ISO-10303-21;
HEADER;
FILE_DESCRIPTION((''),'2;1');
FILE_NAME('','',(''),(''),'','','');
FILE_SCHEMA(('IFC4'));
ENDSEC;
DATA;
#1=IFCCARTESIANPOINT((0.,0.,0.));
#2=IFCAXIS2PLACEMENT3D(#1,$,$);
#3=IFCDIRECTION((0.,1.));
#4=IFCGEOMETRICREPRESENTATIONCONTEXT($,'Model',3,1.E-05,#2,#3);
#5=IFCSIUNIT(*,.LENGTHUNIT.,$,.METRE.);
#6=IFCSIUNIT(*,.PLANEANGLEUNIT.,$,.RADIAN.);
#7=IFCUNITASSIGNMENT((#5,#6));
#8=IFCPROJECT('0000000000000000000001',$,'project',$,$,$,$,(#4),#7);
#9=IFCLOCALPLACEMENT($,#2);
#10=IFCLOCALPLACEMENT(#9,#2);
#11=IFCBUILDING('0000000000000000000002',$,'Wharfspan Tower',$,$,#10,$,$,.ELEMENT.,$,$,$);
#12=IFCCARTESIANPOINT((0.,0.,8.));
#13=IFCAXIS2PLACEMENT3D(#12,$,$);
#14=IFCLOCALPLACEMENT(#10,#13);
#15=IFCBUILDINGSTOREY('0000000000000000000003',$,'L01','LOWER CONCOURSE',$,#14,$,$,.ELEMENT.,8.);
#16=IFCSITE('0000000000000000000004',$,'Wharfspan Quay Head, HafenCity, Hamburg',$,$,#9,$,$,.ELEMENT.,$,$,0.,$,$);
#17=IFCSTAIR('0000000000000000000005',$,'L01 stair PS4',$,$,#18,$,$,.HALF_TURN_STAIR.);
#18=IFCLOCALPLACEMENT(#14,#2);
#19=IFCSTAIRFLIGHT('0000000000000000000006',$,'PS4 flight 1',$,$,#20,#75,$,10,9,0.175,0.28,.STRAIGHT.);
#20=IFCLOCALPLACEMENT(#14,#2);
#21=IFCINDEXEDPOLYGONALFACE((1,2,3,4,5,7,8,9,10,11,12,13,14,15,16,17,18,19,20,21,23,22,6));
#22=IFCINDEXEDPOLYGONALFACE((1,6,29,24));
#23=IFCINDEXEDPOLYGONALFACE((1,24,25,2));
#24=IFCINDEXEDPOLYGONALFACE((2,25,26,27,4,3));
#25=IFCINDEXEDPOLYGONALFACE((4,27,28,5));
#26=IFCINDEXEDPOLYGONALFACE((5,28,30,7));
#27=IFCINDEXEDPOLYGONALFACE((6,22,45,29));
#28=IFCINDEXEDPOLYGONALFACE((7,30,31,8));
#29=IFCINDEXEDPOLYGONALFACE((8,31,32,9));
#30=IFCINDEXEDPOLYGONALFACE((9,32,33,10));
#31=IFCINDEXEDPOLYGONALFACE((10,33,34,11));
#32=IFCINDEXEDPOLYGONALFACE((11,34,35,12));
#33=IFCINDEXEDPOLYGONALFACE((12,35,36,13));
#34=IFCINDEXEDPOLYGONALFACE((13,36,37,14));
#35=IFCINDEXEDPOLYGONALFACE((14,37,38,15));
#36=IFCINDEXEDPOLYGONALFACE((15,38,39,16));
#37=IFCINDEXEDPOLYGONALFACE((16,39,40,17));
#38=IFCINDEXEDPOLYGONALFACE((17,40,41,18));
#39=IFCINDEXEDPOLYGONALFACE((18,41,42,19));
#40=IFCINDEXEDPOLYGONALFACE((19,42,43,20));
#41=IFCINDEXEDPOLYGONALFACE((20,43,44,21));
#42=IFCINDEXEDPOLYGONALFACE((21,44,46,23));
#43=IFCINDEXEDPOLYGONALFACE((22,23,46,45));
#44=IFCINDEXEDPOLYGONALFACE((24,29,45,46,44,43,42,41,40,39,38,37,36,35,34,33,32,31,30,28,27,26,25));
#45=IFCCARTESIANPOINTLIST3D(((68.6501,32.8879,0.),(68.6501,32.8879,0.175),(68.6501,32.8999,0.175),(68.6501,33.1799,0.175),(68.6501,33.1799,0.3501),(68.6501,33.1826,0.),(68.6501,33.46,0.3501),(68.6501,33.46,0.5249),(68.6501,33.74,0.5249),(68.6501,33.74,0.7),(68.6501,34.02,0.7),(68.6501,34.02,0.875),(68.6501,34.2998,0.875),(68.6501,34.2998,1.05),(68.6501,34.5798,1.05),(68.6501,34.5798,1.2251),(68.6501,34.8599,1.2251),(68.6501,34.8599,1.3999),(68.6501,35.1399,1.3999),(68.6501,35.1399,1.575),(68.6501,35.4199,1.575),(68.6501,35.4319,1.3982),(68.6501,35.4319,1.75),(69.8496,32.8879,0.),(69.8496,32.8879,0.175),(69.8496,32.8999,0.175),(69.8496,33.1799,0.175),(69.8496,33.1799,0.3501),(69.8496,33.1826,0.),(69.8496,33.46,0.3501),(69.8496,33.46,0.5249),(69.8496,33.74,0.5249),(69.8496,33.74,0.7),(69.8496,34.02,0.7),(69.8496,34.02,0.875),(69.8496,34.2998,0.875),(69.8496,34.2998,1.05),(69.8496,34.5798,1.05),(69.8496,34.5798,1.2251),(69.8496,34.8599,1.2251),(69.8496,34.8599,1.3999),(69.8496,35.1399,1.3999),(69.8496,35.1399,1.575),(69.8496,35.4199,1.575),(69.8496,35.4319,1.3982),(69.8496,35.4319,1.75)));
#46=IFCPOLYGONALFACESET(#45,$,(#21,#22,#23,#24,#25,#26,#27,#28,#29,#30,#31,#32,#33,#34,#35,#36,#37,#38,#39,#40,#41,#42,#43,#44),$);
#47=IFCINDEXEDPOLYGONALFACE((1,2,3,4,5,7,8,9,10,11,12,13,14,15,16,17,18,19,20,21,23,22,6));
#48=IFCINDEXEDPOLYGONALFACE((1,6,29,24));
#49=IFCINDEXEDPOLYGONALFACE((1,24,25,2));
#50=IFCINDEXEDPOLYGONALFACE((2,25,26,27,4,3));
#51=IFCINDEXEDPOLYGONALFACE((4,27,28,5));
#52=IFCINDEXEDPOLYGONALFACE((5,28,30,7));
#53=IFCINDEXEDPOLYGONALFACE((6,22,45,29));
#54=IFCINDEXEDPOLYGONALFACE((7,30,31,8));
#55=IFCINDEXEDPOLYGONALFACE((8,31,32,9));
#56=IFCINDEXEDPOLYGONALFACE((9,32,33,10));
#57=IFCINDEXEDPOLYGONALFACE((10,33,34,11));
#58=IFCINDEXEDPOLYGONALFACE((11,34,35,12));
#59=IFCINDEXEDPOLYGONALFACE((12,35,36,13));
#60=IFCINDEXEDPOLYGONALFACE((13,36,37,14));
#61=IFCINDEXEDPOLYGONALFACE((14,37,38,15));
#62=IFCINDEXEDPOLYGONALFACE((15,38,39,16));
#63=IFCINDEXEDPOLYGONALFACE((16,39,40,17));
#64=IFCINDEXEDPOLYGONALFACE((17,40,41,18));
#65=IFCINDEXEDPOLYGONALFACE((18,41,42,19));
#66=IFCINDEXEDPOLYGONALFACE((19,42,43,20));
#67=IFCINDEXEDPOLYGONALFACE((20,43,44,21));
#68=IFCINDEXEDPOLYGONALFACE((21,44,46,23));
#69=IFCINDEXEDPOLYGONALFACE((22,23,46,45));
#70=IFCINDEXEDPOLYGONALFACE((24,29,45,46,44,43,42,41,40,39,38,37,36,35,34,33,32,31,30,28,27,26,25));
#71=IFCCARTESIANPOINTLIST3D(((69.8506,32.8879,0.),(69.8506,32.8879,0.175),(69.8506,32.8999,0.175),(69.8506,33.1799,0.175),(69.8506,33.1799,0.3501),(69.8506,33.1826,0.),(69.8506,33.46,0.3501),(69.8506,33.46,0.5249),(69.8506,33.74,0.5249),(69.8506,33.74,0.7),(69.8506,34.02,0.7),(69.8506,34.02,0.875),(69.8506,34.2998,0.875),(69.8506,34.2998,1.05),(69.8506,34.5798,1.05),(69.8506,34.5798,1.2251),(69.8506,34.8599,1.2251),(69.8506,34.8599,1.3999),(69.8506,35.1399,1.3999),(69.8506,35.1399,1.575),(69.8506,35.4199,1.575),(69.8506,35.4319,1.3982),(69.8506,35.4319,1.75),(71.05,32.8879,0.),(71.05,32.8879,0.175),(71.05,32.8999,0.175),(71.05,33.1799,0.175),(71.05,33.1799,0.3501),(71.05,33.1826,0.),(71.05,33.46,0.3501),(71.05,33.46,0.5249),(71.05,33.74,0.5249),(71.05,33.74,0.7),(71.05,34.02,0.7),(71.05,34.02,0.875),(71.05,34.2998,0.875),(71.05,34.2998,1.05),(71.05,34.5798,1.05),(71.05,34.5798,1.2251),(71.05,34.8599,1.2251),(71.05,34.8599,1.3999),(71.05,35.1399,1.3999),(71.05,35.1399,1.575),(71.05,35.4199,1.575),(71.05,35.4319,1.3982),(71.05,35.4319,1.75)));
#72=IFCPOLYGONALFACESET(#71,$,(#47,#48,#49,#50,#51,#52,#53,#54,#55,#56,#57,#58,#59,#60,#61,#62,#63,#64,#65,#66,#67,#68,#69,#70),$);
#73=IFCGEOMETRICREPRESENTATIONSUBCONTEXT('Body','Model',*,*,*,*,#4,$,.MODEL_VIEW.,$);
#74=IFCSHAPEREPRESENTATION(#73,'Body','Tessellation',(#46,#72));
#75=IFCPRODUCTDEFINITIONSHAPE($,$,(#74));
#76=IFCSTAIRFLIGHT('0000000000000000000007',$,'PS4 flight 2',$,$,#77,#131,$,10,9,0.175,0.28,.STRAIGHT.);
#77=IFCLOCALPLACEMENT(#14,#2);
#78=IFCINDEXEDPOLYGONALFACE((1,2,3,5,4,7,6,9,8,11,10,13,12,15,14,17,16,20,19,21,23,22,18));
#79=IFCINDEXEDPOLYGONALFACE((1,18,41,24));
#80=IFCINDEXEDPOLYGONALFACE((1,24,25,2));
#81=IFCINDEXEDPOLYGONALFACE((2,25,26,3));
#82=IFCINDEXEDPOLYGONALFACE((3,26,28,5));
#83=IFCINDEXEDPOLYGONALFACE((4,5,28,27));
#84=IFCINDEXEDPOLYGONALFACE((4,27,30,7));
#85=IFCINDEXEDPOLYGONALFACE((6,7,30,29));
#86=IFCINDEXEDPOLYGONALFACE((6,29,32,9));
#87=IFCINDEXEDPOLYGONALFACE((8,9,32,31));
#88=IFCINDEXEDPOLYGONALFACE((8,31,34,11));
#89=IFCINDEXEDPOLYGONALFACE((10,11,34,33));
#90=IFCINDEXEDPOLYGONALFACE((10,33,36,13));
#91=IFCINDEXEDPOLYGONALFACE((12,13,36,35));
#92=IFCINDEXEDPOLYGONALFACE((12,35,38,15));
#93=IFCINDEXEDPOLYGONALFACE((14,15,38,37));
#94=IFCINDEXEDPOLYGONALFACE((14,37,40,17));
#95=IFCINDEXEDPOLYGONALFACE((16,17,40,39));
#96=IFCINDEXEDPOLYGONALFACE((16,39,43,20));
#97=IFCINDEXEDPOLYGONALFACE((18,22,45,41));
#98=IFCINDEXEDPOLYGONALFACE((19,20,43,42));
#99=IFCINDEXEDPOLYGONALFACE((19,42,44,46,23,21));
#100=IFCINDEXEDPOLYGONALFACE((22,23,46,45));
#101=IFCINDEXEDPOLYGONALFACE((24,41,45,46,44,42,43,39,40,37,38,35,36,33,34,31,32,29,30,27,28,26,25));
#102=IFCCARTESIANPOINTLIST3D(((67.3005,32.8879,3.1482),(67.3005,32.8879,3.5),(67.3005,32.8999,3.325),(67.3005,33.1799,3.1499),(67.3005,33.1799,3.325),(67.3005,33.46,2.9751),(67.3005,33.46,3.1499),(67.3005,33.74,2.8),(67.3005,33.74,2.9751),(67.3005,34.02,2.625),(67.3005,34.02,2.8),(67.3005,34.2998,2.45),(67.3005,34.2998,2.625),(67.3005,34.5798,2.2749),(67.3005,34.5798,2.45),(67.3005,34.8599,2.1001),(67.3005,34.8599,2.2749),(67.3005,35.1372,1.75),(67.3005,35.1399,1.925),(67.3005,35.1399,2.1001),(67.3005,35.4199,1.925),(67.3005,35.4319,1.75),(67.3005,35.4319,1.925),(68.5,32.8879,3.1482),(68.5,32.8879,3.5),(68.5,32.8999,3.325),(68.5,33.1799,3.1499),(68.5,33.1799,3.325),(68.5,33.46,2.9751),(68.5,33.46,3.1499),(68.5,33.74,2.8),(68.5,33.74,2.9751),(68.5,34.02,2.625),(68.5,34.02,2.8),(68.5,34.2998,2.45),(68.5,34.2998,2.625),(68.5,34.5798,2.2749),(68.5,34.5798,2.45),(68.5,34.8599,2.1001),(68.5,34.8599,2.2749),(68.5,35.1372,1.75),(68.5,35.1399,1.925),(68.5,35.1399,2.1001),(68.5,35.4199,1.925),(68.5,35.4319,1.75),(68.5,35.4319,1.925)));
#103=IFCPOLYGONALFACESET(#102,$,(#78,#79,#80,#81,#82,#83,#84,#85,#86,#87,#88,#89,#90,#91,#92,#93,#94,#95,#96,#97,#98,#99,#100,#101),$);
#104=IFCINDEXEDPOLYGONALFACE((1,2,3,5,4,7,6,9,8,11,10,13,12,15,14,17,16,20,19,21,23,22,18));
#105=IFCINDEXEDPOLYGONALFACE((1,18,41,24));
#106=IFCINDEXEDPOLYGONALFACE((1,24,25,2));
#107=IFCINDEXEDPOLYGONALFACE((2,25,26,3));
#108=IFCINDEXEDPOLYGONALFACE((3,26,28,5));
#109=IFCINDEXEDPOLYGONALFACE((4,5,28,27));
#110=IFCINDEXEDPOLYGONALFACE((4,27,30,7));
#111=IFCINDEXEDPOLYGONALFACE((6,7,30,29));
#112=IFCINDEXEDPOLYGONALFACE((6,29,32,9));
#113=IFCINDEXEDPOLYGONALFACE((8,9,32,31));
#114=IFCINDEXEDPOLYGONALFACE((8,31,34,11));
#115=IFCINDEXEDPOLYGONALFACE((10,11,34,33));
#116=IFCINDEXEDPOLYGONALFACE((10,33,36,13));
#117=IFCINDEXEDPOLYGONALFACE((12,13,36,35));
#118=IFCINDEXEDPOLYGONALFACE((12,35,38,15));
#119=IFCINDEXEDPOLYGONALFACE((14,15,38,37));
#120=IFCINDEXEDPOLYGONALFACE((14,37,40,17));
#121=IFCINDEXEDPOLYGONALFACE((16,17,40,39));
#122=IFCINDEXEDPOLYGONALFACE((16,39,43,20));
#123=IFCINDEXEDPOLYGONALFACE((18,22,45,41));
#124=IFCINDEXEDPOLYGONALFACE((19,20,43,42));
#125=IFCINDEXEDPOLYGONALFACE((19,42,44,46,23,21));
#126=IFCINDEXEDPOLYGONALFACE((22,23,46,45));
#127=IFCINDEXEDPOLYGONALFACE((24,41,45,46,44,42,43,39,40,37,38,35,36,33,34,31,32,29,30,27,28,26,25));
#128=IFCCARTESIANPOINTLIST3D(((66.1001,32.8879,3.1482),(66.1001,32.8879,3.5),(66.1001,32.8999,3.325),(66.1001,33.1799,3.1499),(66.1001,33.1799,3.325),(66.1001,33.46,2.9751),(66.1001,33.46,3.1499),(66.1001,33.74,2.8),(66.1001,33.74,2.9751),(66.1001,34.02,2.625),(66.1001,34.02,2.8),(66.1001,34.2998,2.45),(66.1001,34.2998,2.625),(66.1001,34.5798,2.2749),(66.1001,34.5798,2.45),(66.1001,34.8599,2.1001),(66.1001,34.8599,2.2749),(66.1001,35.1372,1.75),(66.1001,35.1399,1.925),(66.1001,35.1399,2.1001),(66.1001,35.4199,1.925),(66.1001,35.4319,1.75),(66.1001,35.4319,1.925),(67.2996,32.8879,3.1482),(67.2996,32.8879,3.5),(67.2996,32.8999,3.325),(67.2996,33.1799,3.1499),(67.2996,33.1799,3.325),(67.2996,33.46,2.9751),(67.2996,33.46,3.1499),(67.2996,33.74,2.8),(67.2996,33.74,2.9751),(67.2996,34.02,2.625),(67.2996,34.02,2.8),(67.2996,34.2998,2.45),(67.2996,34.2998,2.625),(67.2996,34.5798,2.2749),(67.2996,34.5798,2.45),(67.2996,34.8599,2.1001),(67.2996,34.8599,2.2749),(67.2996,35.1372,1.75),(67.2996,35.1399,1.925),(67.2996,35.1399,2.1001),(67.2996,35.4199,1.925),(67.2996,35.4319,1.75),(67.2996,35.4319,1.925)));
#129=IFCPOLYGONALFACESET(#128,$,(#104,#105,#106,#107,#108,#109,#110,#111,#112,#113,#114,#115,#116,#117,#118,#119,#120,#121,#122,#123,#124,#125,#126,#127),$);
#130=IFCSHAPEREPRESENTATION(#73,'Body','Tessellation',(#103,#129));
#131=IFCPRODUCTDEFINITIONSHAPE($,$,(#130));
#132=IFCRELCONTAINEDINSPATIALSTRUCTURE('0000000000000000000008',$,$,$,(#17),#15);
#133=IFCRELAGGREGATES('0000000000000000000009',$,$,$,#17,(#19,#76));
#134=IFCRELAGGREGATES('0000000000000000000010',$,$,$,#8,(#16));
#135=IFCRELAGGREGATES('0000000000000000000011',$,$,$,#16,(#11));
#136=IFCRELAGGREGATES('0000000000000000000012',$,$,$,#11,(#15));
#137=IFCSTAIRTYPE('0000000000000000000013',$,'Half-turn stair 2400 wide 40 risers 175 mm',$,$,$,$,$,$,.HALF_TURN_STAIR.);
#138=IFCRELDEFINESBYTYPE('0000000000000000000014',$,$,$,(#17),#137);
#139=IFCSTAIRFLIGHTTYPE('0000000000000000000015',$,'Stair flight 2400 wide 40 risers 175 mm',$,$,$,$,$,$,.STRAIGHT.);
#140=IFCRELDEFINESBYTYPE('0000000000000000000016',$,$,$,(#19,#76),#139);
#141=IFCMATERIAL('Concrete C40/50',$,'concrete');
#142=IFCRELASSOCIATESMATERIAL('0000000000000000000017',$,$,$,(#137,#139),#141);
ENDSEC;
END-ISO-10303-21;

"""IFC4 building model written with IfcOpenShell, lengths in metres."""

from ifc_helpers import new_model, si_unit, direction, frame, origin, place, context, subcontext, project, spatial, polyline, outline, extrude, material, type_object, element, aggregate, save


model = new_model("IFC4")

# Units and contexts
model_context = context("Model", 3, precision=1e-05, world=origin(), true_north=direction((0.0, 1.0)))
body_context = subcontext(model_context, "Body", "Model", "MODEL_VIEW")
ifc_project = project(units=[si_unit("LENGTHUNIT", "METRE"), si_unit("PLANEANGLEUNIT", "RADIAN")], contexts=[model_context])

# Site, building, storey
site_placement = place(None, origin())
site = spatial("IfcSite", under=ifc_project, at=site_placement, Name="Wharfspan Quay Head, HafenCity, Hamburg", CompositionType="ELEMENT", RefElevation=0.0)
building_placement = place(site_placement, origin())
building = spatial("IfcBuilding", under=site, at=building_placement, Name="Wharfspan Tower", CompositionType="ELEMENT")
storey_placement = place(building_placement, frame((0.0, 0.0, 8.0)))
storey = spatial("IfcBuildingStorey", under=building, at=storey_placement, Name="L01", Description="LOWER CONCOURSE", CompositionType="ELEMENT", Elevation=8.0)

# Shared definitions
ifc_material_1 = material(Name="Concrete C40/50", Category="concrete")

# Stair, stair flights
stair_type = type_object("IfcStairType", Name="Half-turn stair 2400 wide 40 risers 175 mm", PredefinedType="HALF_TURN_STAIR", material=ifc_material_1)
stair_placement = place(storey_placement, origin())
stair = element("IfcStair", 1, at=stair_placement, inside=storey, type_object=stair_type, Name="L01 stair PS4", PredefinedType="HALF_TURN_STAIR")
stair_flight_type = type_object("IfcStairFlightType", Name="Stair flight 2400 wide 40 risers 175 mm", PredefinedType="STRAIGHT", material=ifc_material_1)
stair_flight_1_placement = place(storey_placement, frame((69.8501, 32.8999, 0.0), z_axis=(0.0, 0.0, 1.0), x_axis=(0.0, 1.0, 0.0)))
stair_flight_1 = element("IfcStairFlight", 2, at=stair_flight_1_placement, type_object=stair_flight_type, Name="PS4 flight 1", NumberOfRisers=10, NumberOfTreads=9, PredefinedType="STRAIGHT", RiserHeight=0.175, TreadLength=0.28, context=body_context, shape_type="SweptSolid", body=[
    extrude(outline(polyline([(-0.012, 0.0), (-0.012, 0.175), (0.0, 0.175), (0.28, 0.175), (0.28, 0.3501), (0.5601, 0.3501), (0.5601, 0.5249), (0.8401, 0.5249), (0.8401, 0.7), (1.1201, 0.7), (1.1201, 0.875), (1.3999, 0.875), (1.3999, 1.05), (1.6799, 1.05), (1.6799, 1.2251), (1.96, 1.2251), (1.96, 1.3999), (2.24, 1.3999), (2.24, 1.575), (2.52, 1.575), (2.532, 1.75), (2.532, 1.3982), (0.2827, 0.0), (-0.012, 0.0)])), frame((0.0, 1.2, 0.0), z_axis=(0.0, -1.0, 0.0), x_axis=(1.0, 0.0, 0.0)), (0.0, 0.0, 1.0), 1.1995),
    extrude(outline(polyline([(-0.012, 0.0), (-0.012, 0.175), (0.0, 0.175), (0.28, 0.175), (0.28, 0.3501), (0.5601, 0.3501), (0.5601, 0.5249), (0.8401, 0.5249), (0.8401, 0.7), (1.1201, 0.7), (1.1201, 0.875), (1.3999, 0.875), (1.3999, 1.05), (1.6799, 1.05), (1.6799, 1.2251), (1.96, 1.2251), (1.96, 1.3999), (2.24, 1.3999), (2.24, 1.575), (2.52, 1.575), (2.532, 1.75), (2.532, 1.3982), (0.2827, 0.0), (-0.012, 0.0)])), frame((0.0, -0.0005, 0.0), z_axis=(0.0, -1.0, 0.0), x_axis=(1.0, 0.0, 0.0)), (0.0, 0.0, 1.0), 1.1995),
])
stair_flight_2_placement = place(storey_placement, frame((67.3, 35.4199, 1.75), z_axis=(0.0, 0.0, 1.0), x_axis=(0.0, -1.0, 0.0)))
stair_flight_2 = element("IfcStairFlight", 3, at=stair_flight_2_placement, type_object=stair_flight_type, Name="PS4 flight 2", NumberOfRisers=10, NumberOfTreads=9, PredefinedType="STRAIGHT", RiserHeight=0.175, TreadLength=0.28, context=body_context, shape_type="SweptSolid", body=[
    extrude(outline(polyline([(-0.012, 0.0), (-0.012, 0.175), (0.0, 0.175), (0.28, 0.175), (0.28, 0.3501), (0.5601, 0.3501), (0.5601, 0.5249), (0.8401, 0.5249), (0.8401, 0.7), (1.1201, 0.7), (1.1201, 0.875), (1.3999, 0.875), (1.3999, 1.05), (1.6799, 1.05), (1.6799, 1.2251), (1.96, 1.2251), (1.96, 1.3999), (2.24, 1.3999), (2.24, 1.575), (2.52, 1.575), (2.532, 1.75), (2.532, 1.3982), (0.2827, 0.0), (-0.012, 0.0)])), frame((0.0, 1.2, 0.0), z_axis=(0.0, -1.0, 0.0), x_axis=(1.0, 0.0, 0.0)), (0.0, 0.0, 1.0), 1.1995),
    extrude(outline(polyline([(-0.012, 0.0), (-0.012, 0.175), (0.0, 0.175), (0.28, 0.175), (0.28, 0.3501), (0.5601, 0.3501), (0.5601, 0.5249), (0.8401, 0.5249), (0.8401, 0.7), (1.1201, 0.7), (1.1201, 0.875), (1.3999, 0.875), (1.3999, 1.05), (1.6799, 1.05), (1.6799, 1.2251), (1.96, 1.2251), (1.96, 1.3999), (2.24, 1.3999), (2.24, 1.575), (2.52, 1.575), (2.532, 1.75), (2.532, 1.3982), (0.2827, 0.0), (-0.012, 0.0)])), frame((0.0, -0.0005, 0.0), z_axis=(0.0, -1.0, 0.0), x_axis=(1.0, 0.0, 0.0)), (0.0, 0.0, 1.0), 1.1995),
])
aggregate(stair, [stair_flight_1, stair_flight_2])

save(model, "model.ifc")
